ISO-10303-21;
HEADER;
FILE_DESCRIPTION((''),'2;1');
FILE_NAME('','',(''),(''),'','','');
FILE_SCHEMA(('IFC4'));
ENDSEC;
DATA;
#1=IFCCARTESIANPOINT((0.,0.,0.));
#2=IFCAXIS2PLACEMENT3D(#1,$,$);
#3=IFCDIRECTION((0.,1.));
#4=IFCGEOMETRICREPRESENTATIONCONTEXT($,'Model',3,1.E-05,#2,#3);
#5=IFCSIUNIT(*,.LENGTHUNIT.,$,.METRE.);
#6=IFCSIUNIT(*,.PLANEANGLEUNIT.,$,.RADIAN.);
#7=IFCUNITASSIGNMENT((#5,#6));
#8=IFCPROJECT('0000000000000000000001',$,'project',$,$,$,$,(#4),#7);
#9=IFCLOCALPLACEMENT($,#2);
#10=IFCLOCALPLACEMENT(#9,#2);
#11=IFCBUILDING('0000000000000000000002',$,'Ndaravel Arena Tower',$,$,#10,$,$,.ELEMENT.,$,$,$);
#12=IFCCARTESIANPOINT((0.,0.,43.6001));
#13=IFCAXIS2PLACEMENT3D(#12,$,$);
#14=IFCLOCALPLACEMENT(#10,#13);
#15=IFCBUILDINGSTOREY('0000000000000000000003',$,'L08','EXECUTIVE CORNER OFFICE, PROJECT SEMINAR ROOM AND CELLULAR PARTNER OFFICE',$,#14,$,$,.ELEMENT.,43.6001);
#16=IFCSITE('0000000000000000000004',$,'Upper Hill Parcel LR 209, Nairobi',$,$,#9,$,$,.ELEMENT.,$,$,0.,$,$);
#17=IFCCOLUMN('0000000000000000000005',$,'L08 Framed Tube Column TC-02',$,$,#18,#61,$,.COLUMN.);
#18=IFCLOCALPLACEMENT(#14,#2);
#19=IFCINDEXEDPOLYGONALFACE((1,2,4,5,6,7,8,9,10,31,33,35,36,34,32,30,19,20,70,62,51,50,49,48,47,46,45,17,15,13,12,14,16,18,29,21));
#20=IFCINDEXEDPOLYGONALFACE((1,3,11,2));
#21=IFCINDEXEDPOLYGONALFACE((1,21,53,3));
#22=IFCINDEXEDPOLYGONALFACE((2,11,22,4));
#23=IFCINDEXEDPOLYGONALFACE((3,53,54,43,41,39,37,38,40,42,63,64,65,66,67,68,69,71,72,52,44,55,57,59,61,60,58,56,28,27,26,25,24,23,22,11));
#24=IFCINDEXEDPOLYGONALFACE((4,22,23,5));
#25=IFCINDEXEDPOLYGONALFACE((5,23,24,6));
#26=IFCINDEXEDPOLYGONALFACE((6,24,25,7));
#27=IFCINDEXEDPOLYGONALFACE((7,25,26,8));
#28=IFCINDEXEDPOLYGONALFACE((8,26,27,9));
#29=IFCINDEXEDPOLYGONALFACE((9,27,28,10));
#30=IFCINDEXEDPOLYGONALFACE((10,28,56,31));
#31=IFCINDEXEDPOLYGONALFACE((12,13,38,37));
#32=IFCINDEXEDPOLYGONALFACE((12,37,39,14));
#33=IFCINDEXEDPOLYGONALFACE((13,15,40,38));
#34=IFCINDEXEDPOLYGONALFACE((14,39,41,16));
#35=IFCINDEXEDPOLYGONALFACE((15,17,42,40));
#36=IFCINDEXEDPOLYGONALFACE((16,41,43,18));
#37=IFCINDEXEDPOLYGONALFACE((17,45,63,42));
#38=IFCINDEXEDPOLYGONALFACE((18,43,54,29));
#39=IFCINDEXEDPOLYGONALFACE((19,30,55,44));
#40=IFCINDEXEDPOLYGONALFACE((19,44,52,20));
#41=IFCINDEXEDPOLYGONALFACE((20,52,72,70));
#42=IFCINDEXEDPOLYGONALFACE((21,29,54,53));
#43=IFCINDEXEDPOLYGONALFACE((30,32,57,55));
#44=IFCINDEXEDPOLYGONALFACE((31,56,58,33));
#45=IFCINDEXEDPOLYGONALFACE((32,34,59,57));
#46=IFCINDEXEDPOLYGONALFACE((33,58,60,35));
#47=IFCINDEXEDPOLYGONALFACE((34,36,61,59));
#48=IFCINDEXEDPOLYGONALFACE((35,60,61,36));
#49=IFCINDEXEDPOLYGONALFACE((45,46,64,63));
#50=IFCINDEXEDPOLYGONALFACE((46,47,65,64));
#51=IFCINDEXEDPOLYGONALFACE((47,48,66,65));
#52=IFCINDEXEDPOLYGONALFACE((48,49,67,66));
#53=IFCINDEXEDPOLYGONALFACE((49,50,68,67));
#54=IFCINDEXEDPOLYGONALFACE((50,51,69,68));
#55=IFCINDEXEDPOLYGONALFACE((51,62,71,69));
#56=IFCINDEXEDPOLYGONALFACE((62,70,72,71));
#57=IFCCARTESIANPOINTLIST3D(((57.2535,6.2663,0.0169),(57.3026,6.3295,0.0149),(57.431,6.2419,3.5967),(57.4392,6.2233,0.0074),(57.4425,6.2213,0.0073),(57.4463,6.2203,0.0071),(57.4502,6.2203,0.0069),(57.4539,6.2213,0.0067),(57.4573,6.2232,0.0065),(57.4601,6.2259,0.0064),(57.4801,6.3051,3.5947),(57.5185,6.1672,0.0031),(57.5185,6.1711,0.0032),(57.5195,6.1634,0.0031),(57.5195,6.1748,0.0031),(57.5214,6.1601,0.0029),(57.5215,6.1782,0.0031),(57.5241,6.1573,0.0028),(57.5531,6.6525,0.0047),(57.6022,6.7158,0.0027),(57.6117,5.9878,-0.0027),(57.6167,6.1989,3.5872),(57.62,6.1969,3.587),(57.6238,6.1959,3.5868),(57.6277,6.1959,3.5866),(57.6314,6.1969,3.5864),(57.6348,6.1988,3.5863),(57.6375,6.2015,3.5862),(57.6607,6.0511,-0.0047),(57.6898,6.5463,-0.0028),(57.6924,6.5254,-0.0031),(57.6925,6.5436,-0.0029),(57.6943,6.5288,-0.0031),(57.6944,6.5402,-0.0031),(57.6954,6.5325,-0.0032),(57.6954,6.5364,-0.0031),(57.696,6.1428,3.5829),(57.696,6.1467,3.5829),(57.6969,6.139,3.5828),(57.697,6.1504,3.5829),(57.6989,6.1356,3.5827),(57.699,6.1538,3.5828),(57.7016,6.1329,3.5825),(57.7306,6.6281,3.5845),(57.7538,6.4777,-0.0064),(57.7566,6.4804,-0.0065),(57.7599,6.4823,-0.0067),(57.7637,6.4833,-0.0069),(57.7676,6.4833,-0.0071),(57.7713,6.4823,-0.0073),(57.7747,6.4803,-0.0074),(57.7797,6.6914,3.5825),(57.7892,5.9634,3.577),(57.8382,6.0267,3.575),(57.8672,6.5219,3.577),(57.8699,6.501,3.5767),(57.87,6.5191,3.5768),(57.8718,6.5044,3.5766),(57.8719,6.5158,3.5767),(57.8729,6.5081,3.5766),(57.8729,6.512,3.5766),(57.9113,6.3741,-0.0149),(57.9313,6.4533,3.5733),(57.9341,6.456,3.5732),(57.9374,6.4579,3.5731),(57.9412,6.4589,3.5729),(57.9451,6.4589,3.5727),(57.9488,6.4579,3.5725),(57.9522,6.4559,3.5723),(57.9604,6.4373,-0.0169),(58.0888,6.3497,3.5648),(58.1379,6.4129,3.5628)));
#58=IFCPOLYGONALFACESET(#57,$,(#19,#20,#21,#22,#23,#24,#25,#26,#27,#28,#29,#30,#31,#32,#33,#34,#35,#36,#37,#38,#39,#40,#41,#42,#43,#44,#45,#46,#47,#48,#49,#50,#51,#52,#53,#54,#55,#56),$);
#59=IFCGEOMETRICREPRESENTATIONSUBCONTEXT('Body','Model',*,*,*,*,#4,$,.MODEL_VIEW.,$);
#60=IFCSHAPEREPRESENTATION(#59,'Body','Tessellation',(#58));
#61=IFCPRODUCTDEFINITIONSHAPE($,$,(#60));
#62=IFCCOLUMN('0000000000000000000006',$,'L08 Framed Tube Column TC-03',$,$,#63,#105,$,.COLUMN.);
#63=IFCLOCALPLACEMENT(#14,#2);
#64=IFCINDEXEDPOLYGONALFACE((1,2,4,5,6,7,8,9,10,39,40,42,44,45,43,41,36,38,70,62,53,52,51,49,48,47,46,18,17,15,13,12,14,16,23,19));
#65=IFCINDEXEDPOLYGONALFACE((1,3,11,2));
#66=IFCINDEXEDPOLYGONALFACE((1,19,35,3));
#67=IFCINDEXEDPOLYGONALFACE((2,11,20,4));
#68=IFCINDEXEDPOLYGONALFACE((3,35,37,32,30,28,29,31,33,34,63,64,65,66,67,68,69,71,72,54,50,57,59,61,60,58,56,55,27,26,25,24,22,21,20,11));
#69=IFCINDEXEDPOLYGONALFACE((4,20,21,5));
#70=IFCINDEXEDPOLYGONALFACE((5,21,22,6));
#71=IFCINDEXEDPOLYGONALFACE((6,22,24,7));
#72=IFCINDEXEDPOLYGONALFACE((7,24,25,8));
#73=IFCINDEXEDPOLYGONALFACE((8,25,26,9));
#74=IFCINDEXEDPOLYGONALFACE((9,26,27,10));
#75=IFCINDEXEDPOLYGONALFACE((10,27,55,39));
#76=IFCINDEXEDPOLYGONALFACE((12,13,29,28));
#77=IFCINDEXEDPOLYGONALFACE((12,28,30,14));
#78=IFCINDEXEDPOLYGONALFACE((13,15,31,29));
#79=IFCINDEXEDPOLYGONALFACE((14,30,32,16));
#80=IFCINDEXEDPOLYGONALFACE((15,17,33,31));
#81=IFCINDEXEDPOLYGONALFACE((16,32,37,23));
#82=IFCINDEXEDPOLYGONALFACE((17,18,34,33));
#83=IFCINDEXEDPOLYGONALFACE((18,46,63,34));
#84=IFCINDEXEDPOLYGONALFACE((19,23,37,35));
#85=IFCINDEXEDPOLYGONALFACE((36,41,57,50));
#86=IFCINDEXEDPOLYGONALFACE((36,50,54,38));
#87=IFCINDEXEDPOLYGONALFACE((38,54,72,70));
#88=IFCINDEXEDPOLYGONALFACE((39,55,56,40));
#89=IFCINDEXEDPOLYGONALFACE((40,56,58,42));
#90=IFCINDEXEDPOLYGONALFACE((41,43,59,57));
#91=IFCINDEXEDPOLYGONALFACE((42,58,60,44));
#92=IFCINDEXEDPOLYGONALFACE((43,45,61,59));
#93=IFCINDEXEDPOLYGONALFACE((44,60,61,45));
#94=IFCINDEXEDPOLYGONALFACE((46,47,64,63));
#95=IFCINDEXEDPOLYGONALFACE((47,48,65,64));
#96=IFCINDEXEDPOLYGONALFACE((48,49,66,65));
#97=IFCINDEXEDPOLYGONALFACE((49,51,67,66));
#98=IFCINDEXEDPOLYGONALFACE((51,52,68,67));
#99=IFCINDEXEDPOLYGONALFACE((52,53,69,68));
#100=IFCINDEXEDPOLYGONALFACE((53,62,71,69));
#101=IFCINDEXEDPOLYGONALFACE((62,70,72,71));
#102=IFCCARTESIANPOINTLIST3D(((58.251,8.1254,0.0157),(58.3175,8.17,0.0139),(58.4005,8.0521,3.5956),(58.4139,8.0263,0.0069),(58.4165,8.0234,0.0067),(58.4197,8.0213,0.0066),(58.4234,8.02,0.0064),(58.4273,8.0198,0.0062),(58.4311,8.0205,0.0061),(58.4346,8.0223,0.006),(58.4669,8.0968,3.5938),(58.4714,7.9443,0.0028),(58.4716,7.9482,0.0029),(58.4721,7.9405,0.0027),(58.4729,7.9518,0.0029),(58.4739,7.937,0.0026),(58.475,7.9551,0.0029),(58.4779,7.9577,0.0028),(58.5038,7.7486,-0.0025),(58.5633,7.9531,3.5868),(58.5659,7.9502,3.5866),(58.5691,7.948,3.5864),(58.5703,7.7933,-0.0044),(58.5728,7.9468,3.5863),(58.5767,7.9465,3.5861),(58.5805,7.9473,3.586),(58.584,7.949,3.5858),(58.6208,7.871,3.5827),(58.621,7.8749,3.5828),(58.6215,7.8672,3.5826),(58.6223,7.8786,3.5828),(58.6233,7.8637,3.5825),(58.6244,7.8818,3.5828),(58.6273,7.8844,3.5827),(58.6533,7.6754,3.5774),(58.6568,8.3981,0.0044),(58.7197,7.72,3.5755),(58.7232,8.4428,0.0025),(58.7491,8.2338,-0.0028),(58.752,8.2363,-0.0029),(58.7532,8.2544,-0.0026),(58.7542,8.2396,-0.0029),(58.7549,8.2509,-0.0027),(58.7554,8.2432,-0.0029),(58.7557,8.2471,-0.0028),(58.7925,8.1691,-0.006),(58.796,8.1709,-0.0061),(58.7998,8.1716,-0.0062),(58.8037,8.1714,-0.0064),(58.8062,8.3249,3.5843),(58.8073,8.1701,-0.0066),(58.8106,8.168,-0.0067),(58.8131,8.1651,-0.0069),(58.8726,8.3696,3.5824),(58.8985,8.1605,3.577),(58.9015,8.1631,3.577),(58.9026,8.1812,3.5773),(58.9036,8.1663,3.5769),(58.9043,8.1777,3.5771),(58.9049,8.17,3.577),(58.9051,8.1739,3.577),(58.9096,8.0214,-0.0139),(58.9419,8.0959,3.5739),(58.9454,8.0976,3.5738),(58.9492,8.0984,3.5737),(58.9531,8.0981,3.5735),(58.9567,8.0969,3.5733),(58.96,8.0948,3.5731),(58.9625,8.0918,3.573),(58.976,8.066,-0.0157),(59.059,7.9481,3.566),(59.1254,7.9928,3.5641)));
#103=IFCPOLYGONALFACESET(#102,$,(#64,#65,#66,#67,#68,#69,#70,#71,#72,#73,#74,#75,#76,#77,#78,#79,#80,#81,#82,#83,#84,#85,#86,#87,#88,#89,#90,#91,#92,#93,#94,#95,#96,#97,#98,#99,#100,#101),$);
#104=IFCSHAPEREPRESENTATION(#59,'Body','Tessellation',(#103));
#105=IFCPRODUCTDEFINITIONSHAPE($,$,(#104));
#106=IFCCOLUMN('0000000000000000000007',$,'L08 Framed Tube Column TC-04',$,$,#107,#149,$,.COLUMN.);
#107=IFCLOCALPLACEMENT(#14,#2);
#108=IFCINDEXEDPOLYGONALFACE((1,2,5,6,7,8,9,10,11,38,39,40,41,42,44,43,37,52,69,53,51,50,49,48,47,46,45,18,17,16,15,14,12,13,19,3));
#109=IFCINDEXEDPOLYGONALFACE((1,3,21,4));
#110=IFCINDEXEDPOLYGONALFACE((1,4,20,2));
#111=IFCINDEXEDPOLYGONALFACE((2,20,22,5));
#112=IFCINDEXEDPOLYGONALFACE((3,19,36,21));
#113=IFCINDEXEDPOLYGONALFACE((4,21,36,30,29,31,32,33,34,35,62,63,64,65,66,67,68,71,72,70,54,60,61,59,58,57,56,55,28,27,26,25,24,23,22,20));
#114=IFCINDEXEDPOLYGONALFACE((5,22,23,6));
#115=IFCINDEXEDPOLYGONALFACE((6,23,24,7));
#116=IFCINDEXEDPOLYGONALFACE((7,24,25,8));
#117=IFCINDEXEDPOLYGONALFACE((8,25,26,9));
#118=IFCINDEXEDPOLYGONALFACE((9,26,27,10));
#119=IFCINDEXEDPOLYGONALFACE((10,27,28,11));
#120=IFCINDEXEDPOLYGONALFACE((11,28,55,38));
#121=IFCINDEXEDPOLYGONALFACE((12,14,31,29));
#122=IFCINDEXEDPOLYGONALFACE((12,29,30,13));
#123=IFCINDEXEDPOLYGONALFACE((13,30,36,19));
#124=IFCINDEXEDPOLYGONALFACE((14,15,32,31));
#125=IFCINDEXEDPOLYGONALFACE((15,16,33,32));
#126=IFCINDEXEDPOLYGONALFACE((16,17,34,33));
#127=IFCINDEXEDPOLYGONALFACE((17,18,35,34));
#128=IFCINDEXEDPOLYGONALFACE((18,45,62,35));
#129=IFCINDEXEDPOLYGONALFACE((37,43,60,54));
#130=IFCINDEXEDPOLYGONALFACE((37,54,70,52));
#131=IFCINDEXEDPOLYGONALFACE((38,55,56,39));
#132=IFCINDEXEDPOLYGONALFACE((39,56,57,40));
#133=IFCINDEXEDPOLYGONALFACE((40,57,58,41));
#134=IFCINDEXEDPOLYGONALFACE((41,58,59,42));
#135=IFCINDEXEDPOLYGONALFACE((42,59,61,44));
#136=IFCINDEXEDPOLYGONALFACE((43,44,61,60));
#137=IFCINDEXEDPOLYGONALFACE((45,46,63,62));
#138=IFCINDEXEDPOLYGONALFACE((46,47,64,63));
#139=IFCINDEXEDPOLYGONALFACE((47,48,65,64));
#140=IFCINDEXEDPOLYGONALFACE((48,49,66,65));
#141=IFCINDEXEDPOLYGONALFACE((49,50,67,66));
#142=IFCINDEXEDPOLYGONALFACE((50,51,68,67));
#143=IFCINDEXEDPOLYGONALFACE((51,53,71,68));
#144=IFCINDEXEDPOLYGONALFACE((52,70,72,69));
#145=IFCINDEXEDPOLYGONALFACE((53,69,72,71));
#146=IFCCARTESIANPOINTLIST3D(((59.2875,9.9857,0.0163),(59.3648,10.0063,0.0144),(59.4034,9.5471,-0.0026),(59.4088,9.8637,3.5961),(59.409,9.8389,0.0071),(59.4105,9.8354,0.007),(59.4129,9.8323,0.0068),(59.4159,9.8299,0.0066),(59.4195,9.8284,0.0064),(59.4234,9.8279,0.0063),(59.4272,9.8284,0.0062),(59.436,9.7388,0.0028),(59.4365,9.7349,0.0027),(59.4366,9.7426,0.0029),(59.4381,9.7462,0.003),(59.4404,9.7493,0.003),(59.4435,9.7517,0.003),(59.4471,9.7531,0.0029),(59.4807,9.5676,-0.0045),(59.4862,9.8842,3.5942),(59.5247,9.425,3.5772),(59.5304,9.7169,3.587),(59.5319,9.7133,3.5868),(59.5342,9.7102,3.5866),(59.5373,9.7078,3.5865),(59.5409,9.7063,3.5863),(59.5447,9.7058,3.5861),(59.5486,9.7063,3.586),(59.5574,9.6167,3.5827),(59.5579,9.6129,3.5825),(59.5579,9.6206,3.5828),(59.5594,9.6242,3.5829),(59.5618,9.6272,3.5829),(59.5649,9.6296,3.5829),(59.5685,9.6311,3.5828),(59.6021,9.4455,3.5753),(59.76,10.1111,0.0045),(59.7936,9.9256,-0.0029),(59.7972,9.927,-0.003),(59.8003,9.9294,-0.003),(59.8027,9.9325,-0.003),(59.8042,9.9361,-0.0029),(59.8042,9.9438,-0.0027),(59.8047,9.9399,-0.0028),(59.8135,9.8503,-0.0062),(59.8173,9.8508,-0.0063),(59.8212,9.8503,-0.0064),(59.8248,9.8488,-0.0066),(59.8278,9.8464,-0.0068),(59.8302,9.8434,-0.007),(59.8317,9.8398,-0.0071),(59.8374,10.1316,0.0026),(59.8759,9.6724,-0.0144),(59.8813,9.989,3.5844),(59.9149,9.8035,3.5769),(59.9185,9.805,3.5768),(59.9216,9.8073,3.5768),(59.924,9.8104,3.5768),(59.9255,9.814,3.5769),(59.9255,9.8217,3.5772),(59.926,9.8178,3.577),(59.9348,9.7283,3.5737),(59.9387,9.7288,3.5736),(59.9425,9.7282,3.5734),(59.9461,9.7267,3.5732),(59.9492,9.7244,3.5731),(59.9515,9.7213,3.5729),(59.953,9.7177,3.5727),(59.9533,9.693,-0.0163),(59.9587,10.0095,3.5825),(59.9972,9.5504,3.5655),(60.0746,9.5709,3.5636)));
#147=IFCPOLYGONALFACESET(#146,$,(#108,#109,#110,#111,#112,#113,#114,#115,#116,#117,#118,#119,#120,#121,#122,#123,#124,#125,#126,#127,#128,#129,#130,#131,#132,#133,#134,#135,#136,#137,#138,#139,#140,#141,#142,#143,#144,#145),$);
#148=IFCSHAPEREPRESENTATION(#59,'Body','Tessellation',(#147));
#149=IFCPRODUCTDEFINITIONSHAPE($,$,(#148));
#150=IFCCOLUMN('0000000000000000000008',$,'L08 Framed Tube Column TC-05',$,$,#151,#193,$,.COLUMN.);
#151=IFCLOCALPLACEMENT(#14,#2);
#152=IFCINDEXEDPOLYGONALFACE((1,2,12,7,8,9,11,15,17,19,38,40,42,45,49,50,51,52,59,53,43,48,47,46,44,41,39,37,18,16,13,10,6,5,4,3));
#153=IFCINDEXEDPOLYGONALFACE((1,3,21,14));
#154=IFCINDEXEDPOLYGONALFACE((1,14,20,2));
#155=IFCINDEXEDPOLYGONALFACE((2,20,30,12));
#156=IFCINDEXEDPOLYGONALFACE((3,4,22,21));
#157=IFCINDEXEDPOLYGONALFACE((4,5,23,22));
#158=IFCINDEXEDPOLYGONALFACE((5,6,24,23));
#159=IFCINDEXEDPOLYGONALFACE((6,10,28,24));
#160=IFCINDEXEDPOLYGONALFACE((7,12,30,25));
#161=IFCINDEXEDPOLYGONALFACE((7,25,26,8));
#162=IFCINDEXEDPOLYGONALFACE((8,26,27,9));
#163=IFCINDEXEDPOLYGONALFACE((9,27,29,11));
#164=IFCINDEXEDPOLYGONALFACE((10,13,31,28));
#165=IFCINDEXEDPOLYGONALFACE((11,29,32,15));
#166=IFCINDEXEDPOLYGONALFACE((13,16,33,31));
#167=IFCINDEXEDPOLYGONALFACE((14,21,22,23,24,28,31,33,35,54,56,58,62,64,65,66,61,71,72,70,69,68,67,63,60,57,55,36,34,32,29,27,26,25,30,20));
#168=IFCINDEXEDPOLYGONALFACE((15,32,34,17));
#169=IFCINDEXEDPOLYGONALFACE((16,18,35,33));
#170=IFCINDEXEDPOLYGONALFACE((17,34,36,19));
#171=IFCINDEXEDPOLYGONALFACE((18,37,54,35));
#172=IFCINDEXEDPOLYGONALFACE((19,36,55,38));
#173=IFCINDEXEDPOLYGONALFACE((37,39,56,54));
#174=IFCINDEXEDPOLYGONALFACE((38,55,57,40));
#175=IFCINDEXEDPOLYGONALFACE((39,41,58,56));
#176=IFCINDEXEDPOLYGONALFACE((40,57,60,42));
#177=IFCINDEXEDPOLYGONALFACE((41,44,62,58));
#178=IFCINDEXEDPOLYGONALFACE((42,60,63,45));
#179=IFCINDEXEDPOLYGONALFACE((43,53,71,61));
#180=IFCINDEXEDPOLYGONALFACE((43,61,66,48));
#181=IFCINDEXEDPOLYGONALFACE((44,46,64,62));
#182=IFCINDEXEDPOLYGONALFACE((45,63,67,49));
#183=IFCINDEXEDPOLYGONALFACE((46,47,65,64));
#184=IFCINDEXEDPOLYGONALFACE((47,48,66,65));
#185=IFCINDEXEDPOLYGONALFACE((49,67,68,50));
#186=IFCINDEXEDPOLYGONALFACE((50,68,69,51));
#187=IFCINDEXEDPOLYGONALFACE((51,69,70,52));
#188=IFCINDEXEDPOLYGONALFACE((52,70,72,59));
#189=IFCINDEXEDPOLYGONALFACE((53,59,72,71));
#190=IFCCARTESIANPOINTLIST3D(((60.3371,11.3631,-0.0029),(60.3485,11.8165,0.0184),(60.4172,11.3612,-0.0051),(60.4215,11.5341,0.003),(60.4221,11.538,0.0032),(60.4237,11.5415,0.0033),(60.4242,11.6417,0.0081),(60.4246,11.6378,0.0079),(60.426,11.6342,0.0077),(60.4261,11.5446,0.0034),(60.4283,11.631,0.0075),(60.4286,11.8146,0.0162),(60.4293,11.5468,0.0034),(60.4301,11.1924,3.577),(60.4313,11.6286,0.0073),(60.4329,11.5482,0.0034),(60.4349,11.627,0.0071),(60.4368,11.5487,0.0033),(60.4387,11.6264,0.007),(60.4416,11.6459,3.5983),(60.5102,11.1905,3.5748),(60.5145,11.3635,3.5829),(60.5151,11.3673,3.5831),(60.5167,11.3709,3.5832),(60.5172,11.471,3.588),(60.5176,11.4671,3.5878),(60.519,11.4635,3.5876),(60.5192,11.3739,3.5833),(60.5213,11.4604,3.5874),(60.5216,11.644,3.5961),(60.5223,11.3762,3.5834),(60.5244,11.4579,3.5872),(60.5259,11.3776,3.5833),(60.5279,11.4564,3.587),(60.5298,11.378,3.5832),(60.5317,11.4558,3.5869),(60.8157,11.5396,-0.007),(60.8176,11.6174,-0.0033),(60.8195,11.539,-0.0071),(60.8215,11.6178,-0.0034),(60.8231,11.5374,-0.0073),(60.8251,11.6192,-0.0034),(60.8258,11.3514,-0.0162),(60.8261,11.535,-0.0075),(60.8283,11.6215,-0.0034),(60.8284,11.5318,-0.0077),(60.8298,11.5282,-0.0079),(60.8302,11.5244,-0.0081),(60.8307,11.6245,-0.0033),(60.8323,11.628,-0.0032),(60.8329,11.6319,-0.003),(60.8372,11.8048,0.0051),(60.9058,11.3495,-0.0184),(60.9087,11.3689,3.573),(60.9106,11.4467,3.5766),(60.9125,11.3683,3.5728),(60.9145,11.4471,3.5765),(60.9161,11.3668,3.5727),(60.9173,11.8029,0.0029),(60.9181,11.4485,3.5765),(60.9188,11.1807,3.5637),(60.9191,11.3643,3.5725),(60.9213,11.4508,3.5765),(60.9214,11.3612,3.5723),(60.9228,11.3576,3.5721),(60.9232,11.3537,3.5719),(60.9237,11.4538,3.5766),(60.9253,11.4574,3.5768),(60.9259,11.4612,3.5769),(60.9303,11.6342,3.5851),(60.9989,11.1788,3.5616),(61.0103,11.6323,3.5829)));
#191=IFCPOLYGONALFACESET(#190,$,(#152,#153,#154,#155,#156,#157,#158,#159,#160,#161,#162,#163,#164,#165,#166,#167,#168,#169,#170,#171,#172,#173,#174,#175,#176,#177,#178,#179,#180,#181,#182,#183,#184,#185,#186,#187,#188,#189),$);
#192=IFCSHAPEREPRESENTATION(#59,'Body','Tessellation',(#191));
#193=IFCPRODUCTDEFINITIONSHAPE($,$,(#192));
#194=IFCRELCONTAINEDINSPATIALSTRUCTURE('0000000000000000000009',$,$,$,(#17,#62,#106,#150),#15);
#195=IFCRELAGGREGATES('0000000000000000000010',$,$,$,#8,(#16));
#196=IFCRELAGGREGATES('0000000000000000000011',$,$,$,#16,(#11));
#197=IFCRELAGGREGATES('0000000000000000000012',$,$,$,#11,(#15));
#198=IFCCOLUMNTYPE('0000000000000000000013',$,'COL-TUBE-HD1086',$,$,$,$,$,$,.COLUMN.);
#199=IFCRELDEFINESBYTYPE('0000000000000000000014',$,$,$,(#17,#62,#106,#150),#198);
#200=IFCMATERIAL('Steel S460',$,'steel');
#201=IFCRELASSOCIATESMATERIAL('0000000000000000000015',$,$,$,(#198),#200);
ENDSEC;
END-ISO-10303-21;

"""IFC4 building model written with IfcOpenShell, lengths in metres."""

from ifc_helpers import new_model, si_unit, direction, frame, origin, origin_2d, place, context, subcontext, project, spatial, i_section, extrude, material, material_profile, profile_set, type_object, element, save


model = new_model("IFC4")

# Units and contexts
model_context = context("Model", 3, precision=1e-05, world=origin(), true_north=direction((0.0, 1.0)))
body_context = subcontext(model_context, "Body", "Model", "MODEL_VIEW")
ifc_project = project(units=[si_unit("LENGTHUNIT", "METRE"), si_unit("PLANEANGLEUNIT", "RADIAN")], contexts=[model_context])

# Site, building, storey
site_placement = place(None, origin())
site = spatial("IfcSite", under=ifc_project, at=site_placement, Name="Upper Hill Parcel LR 209, Nairobi", CompositionType="ELEMENT", RefElevation=0.0)
building_placement = place(site_placement, origin())
building = spatial("IfcBuilding", under=site, at=building_placement, Name="Ndaravel Arena Tower", CompositionType="ELEMENT")
storey_placement = place(building_placement, frame((0.0, 0.0, 43.6001)))
storey = spatial("IfcBuildingStorey", under=building, at=storey_placement, Name="L08", Description="EXECUTIVE CORNER OFFICE, PROJECT SEMINAR ROOM AND CELLULAR PARTNER OFFICE", CompositionType="ELEMENT", Elevation=43.6001)

# Columns
ifc_material_1 = material(Name="Steel S460", Category="steel")
ifc_material_profile_1 = material_profile(ifc_material_1, i_section(OverallWidth=0.4541, OverallDepth=0.5691, WebThickness=0.0779, FlangeThickness=0.0801, FilletRadius=0.0149, at=origin_2d()), Name="HD 400x1086")
ifc_profile_set_1 = profile_set([ifc_material_profile_1], Name="Steel S460")
column_type = type_object("IfcColumnType", Name="COL-TUBE-HD1086", PredefinedType="COLUMN", material=ifc_profile_set_1)
column_1_placement = place(storey_placement, frame((57.6069, 6.3518, 0.0), z_axis=(0.049519, -0.006811, 0.99875), x_axis=(-0.78874, 0.6132, 0.043288)))
element("IfcColumn", 1, at=column_1_placement, inside=storey, type_object=column_type, Name="L08 Framed Tube Column TC-02", PredefinedType="COLUMN", context=body_context, shape_type="SweptSolid", body=[
    extrude(i_section(OverallWidth=0.4541, OverallDepth=0.5691, WebThickness=0.0779, FlangeThickness=0.0801, FilletRadius=0.0149, at=origin_2d()), origin(), (0.0, 0.0, 1.0), 3.5842),
])
column_2_placement = place(storey_placement, frame((58.6135, 8.0957, 0.0), z_axis=(0.041693, -0.020438, 0.998921), x_axis=(-0.556705, 0.829737, 0.040212)))
element("IfcColumn", 2, at=column_2_placement, inside=storey, type_object=column_type, Name="L08 Framed Tube Column TC-03", PredefinedType="COLUMN", context=body_context, shape_type="SweptSolid", body=[
    extrude(i_section(OverallWidth=0.4541, OverallDepth=0.5691, WebThickness=0.0779, FlangeThickness=0.0801, FilletRadius=0.0149, at=origin_2d()), origin(), (0.0, 0.0, 1.0), 3.5837),
])
column_3_placement = place(storey_placement, frame((59.6204, 9.8394, 0.0), z_axis=(0.033856, -0.03406, 0.998846), x_axis=(-0.255207, 0.965992, 0.04159)))
element("IfcColumn", 3, at=column_3_placement, inside=storey, type_object=column_type, Name="L08 Framed Tube Column TC-04", PredefinedType="COLUMN", context=body_context, shape_type="SweptSolid", body=[
    extrude(i_section(OverallWidth=0.4541, OverallDepth=0.5691, WebThickness=0.0779, FlangeThickness=0.0801, FilletRadius=0.0149, at=origin_2d()), origin(), (0.0, 0.0, 1.0), 3.584),
])
column_4_placement = place(storey_placement, frame((60.6272, 11.583, 0.0), z_axis=(0.025946, -0.047601, 0.998529), x_axis=(0.02516, 0.99858, 0.04695)))
element("IfcColumn", 4, at=column_4_placement, inside=storey, type_object=column_type, Name="L08 Framed Tube Column TC-05", PredefinedType="COLUMN", context=body_context, shape_type="SweptSolid", body=[
    extrude(i_section(OverallWidth=0.4541, OverallDepth=0.5691, WebThickness=0.0779, FlangeThickness=0.0801, FilletRadius=0.0149, at=origin_2d()), origin(), (0.0, 0.0, 1.0), 3.5852),
])

save(model, "model.ifc")
